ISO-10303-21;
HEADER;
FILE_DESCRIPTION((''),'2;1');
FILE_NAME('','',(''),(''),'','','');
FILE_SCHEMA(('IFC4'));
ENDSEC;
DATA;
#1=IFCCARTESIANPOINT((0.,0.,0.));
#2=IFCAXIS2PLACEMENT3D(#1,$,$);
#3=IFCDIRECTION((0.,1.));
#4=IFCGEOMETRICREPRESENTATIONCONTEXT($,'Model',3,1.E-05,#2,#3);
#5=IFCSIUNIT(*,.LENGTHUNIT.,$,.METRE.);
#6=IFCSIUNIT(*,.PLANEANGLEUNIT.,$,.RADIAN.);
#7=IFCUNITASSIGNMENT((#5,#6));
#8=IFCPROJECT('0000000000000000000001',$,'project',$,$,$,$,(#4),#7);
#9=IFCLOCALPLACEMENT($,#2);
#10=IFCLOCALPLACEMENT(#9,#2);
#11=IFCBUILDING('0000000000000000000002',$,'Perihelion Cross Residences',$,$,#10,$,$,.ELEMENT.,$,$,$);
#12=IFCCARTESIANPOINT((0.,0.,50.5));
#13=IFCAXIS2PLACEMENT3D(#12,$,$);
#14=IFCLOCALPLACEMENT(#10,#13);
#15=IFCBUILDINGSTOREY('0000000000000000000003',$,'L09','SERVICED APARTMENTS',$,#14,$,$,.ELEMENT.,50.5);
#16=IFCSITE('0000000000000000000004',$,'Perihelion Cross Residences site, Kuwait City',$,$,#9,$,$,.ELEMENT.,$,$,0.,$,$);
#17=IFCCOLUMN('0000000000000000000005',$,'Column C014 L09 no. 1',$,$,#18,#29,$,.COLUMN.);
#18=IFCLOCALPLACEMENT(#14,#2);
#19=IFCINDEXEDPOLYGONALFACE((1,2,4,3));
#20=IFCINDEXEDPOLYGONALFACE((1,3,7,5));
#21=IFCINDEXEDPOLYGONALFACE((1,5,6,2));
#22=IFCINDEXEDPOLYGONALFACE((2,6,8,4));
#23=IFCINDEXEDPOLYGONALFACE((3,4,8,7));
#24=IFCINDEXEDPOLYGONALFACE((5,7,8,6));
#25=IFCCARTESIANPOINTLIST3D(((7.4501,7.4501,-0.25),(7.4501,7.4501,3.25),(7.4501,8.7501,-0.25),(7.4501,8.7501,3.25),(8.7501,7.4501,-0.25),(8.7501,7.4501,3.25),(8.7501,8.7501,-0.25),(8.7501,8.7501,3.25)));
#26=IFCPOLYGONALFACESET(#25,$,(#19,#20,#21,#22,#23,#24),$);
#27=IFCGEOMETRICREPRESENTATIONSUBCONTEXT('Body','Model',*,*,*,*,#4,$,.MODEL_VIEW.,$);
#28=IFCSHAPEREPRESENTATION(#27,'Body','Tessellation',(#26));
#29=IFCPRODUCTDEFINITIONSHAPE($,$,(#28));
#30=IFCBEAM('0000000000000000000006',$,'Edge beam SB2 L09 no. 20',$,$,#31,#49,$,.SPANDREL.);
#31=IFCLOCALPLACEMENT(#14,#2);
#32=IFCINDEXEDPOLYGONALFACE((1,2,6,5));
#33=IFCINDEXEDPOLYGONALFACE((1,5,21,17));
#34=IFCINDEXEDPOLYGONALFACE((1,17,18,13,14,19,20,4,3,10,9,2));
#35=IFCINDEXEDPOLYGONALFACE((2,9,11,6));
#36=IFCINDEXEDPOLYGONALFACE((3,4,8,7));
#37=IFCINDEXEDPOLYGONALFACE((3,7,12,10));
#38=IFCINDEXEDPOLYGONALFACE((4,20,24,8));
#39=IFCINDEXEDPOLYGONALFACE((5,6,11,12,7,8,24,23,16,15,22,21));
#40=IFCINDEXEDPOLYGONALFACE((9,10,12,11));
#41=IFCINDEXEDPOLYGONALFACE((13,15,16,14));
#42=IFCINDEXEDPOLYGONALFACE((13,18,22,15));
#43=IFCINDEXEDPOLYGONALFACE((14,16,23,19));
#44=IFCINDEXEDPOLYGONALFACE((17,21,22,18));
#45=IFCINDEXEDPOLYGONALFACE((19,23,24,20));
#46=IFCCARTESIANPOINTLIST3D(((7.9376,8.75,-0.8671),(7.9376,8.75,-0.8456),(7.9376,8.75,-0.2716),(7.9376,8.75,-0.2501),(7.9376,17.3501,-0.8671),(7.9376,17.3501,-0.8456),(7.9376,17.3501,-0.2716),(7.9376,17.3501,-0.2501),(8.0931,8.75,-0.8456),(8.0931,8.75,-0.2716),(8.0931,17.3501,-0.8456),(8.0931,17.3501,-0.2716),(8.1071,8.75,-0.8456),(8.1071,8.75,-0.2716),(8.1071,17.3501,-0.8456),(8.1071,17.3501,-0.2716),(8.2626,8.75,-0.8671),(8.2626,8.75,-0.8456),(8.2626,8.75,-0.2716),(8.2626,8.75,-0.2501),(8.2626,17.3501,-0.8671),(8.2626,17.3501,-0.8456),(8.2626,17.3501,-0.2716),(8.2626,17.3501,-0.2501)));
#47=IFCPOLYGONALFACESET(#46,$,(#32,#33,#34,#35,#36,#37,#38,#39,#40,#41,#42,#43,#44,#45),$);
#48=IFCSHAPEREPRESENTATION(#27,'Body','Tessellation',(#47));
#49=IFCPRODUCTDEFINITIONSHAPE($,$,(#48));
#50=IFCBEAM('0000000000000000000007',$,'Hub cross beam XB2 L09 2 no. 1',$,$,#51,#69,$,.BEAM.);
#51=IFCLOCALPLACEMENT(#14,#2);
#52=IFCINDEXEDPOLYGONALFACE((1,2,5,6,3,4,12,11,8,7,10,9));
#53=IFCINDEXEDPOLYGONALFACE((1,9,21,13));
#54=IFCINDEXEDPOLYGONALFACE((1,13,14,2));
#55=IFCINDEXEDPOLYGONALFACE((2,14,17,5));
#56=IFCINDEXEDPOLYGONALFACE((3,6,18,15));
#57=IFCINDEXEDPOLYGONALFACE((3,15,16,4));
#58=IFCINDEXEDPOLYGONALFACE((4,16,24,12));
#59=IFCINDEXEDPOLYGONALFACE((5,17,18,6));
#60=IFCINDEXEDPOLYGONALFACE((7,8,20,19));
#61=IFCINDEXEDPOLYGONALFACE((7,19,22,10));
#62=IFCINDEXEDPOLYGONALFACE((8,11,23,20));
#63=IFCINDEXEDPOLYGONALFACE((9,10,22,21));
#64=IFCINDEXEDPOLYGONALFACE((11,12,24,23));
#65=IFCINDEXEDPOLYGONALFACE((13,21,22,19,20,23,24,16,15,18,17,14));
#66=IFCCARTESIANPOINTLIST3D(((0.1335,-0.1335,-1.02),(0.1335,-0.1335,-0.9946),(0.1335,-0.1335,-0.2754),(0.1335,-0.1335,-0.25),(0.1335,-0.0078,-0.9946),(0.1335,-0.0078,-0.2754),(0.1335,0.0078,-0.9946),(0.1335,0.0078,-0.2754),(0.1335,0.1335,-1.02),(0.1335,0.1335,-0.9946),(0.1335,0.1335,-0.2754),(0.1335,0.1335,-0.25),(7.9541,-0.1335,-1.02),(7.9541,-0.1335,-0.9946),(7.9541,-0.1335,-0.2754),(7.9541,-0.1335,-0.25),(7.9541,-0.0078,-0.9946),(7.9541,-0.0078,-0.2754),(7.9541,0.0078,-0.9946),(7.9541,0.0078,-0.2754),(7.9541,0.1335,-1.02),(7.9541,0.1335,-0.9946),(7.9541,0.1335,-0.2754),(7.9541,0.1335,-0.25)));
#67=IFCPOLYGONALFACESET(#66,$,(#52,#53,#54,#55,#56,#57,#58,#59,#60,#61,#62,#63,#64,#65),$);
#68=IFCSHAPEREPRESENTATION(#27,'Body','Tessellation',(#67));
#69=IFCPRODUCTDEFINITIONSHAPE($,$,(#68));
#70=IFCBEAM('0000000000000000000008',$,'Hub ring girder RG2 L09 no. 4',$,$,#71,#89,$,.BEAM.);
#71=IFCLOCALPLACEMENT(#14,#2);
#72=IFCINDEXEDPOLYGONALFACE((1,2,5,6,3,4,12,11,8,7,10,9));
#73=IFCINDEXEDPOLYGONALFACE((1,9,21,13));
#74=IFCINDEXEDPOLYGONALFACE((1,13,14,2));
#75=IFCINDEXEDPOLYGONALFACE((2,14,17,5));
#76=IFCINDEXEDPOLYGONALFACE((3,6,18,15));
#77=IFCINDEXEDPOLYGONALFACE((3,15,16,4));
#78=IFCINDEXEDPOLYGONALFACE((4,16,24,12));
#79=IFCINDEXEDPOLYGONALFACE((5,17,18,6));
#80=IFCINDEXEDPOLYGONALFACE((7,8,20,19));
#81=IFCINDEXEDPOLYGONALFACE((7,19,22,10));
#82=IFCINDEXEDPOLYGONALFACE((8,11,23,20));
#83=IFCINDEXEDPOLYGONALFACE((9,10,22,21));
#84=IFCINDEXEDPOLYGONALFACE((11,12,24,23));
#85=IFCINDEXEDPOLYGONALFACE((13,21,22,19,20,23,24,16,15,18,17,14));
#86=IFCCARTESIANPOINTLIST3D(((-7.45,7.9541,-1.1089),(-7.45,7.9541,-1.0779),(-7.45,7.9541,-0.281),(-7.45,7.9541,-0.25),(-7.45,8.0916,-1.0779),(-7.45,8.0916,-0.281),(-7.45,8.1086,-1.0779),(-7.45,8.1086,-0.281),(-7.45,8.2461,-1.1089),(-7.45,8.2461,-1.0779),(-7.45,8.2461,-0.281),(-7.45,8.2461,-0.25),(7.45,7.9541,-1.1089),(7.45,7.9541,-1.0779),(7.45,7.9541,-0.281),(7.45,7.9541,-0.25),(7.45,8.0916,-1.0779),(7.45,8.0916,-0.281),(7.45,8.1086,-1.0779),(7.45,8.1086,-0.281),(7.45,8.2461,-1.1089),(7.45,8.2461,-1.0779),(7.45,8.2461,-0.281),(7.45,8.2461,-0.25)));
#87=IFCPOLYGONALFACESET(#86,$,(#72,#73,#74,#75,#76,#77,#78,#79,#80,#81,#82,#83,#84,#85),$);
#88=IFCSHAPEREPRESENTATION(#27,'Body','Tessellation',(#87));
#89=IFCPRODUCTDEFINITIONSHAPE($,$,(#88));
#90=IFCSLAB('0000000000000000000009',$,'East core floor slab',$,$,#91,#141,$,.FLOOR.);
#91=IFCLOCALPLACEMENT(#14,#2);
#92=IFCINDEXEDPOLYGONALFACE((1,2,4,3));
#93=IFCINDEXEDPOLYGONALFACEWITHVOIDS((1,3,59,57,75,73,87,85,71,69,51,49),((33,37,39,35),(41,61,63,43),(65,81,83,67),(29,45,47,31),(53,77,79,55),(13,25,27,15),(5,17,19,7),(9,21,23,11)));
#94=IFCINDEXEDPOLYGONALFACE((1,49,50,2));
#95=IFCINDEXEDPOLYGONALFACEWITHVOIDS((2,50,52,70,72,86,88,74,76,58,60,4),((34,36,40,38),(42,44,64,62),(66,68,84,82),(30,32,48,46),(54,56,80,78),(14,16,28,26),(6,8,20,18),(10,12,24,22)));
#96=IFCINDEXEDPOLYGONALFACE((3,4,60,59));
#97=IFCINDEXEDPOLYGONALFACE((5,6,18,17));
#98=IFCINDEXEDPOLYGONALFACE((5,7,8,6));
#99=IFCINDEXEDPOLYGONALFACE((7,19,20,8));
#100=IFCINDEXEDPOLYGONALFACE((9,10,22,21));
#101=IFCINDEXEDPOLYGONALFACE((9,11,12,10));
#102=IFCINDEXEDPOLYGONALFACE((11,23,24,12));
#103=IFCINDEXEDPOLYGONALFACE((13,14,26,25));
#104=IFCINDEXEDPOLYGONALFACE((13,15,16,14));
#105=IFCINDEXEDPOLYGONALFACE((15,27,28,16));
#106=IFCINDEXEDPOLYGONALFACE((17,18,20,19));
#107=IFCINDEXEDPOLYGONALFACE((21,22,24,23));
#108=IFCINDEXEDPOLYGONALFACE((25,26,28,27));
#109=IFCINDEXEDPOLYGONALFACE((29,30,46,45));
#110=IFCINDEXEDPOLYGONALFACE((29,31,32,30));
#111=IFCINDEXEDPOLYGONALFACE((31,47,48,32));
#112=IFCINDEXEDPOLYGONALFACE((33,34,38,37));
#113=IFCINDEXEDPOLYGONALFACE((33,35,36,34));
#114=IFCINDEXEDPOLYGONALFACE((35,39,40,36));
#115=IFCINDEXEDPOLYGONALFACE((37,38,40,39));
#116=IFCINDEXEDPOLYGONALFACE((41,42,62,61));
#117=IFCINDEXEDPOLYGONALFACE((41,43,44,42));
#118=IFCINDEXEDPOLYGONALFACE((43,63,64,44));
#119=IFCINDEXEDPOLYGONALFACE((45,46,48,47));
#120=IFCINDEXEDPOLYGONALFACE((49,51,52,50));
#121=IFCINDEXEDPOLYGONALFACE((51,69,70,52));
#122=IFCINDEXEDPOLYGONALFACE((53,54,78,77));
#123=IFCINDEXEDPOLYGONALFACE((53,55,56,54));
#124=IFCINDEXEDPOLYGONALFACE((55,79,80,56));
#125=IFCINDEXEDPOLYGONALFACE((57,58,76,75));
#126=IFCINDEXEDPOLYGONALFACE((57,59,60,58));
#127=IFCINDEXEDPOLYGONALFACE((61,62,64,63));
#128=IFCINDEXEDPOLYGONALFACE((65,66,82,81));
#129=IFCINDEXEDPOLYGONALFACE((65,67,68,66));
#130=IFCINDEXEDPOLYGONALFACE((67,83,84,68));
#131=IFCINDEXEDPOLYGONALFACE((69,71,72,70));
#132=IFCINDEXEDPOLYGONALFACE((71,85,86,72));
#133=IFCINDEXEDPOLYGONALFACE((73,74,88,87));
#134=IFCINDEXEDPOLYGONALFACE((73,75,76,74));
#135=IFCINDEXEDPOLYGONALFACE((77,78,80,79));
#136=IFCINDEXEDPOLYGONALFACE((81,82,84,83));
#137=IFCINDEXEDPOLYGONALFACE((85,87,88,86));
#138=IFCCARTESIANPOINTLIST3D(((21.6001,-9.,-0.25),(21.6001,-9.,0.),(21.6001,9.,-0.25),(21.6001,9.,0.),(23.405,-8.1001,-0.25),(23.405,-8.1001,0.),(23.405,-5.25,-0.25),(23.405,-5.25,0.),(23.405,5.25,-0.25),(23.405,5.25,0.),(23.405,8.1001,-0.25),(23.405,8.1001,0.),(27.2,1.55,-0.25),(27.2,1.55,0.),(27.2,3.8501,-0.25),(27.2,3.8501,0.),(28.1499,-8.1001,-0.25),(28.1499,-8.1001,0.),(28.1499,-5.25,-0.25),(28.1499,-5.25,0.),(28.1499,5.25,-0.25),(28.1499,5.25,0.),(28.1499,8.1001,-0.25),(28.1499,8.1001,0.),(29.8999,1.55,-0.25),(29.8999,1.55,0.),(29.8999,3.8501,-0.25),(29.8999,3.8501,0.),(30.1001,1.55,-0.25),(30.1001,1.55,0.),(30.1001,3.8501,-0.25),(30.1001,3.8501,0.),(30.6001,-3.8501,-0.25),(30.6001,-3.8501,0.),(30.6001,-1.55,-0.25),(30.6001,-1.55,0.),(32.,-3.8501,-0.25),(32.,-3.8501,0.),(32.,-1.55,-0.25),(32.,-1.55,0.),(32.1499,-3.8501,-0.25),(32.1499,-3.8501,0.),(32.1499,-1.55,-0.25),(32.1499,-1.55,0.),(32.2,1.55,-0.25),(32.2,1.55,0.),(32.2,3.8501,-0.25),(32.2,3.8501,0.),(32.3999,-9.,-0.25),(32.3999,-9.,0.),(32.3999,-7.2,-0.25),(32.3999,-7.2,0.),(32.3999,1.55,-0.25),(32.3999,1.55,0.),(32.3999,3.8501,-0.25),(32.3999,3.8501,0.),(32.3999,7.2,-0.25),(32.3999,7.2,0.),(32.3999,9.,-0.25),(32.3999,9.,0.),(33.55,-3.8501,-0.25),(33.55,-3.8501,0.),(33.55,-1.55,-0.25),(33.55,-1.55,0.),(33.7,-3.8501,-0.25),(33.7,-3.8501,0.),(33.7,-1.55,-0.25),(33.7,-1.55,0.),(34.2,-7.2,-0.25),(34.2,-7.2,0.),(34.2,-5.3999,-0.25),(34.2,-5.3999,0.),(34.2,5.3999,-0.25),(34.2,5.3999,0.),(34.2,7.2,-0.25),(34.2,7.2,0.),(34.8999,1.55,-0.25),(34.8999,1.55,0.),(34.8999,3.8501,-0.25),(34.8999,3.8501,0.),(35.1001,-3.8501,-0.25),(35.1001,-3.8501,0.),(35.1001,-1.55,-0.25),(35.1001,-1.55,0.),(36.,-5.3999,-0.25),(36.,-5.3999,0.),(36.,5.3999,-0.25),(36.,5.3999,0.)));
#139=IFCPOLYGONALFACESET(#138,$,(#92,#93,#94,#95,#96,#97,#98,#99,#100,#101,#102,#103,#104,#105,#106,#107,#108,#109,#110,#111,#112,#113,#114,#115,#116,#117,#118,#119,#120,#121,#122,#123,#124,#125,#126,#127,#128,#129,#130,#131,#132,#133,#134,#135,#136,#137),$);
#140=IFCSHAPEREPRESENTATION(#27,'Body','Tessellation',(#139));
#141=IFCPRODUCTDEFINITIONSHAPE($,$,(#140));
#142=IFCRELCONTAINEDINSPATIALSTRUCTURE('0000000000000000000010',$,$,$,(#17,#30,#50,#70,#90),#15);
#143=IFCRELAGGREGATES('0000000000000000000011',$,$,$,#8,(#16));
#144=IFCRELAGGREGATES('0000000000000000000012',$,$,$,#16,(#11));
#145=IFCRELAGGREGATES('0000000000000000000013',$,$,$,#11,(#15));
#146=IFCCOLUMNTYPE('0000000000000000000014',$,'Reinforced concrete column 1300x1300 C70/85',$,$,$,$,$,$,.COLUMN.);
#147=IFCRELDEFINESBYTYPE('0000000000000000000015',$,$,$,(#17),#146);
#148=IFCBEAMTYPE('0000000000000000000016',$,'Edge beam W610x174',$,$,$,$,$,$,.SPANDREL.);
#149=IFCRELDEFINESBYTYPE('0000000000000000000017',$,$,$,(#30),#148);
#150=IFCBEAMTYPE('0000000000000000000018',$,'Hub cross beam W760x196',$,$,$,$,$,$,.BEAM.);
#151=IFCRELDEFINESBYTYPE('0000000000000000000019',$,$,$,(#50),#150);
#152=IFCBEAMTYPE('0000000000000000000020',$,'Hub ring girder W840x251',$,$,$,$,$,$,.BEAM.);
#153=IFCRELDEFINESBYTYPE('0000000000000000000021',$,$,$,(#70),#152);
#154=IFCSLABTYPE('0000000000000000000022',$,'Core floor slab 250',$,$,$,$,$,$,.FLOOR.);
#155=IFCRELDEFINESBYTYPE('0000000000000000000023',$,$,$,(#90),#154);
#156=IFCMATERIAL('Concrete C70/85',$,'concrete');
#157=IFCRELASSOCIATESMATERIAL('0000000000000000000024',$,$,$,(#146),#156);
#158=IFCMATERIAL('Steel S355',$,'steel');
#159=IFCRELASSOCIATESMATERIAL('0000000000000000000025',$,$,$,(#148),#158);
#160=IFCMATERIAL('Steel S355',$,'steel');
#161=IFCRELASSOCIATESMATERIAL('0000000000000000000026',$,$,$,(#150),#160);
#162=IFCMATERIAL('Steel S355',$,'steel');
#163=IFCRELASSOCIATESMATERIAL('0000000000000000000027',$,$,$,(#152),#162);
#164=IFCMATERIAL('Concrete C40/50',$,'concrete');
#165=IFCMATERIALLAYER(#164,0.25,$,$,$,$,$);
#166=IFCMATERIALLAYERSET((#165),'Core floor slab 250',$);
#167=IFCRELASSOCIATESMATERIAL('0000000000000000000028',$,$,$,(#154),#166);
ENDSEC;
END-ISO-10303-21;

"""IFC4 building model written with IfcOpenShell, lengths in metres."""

from ifc_helpers import new_model, si_unit, direction, frame, origin, origin_2d, place, context, subcontext, project, spatial, polyline, rectangle, i_section, outline, extrude, material, layer, layer_set, material_profile, profile_set, type_object, element, save


model = new_model("IFC4")

# Units and contexts
model_context = context("Model", 3, precision=1e-05, world=origin(), true_north=direction((0.0, 1.0)))
body_context = subcontext(model_context, "Body", "Model", "MODEL_VIEW")
ifc_project = project(units=[si_unit("LENGTHUNIT", "METRE"), si_unit("PLANEANGLEUNIT", "RADIAN")], contexts=[model_context])

# Site, building, storey
site_placement = place(None, origin())
site = spatial("IfcSite", under=ifc_project, at=site_placement, Name="Perihelion Cross Residences site, Kuwait City", CompositionType="ELEMENT", RefElevation=0.0)
building_placement = place(site_placement, origin())
building = spatial("IfcBuilding", under=site, at=building_placement, Name="Perihelion Cross Residences", CompositionType="ELEMENT")
storey_placement = place(building_placement, frame((0.0, 0.0, 50.5)))
storey = spatial("IfcBuildingStorey", under=building, at=storey_placement, Name="L09", Description="SERVICED APARTMENTS", CompositionType="ELEMENT", Elevation=50.5)

# Column
ifc_material_1 = material(Name="Concrete C70/85", Category="concrete")
ifc_material_profile_1 = material_profile(ifc_material_1, rectangle(XDim=1.3, YDim=1.3, at=origin_2d()), Name="RC 1300x1300")
ifc_profile_set_1 = profile_set([ifc_material_profile_1], Name="Concrete C70/85")
column_type = type_object("IfcColumnType", Name="Reinforced concrete column 1300x1300 C70/85", PredefinedType="COLUMN", material=ifc_profile_set_1)
column_placement = place(storey_placement, frame((8.1001, 8.1001, -0.25), z_axis=(0.0, 0.0, 1.0), x_axis=(1.0, 0.0, 0.0)))
element("IfcColumn", 1, at=column_placement, inside=storey, type_object=column_type, Name="Column C014 L09 no. 1", PredefinedType="COLUMN", context=body_context, shape_type="SweptSolid", body=[
    extrude(rectangle(XDim=1.3, YDim=1.3, at=origin_2d()), origin(), (0.0, 0.0, 1.0), 3.5),
])

# Beams
ifc_material_2 = material(Name="Steel S355", Category="steel")
ifc_material_profile_2 = material_profile(ifc_material_2, i_section(OverallWidth=0.325, OverallDepth=0.6169, WebThickness=0.0139, FlangeThickness=0.0215, at=origin_2d()), Name="W610x174")
ifc_profile_set_2 = profile_set([ifc_material_profile_2], Name="Steel S355")
beam_type_1 = type_object("IfcBeamType", Name="Edge beam W610x174", PredefinedType="SPANDREL", material=ifc_profile_set_2)
beam_1_placement = place(storey_placement, frame((8.1001, 8.75, -0.5586), z_axis=(0.0, 1.0, 0.0), x_axis=(-1.0, 0.0, 0.0)))
element("IfcBeam", 2, at=beam_1_placement, inside=storey, type_object=beam_type_1, Name="Edge beam SB2 L09 no. 20", PredefinedType="SPANDREL", context=body_context, shape_type="SweptSolid", body=[
    extrude(i_section(OverallWidth=0.325, OverallDepth=0.6169, WebThickness=0.0139, FlangeThickness=0.0215, at=origin_2d()), origin(), (0.0, 0.0, 1.0), 8.6001),
])
ifc_material_3 = material(Name="Steel S355", Category="steel")
ifc_material_profile_3 = material_profile(ifc_material_3, i_section(OverallWidth=0.2671, OverallDepth=0.77, WebThickness=0.0156, FlangeThickness=0.0254, at=origin_2d()), Name="W760x196")
ifc_profile_set_3 = profile_set([ifc_material_profile_3], Name="Steel S355")
beam_type_2 = type_object("IfcBeamType", Name="Hub cross beam W760x196", PredefinedType="BEAM", material=ifc_profile_set_3)
beam_2_placement = place(storey_placement, frame((0.1335, 0.0, -0.635), z_axis=(1.0, 0.0, 0.0), x_axis=(0.0, 1.0, 0.0)))
element("IfcBeam", 3, at=beam_2_placement, inside=storey, type_object=beam_type_2, Name="Hub cross beam XB2 L09 2 no. 1", PredefinedType="BEAM", context=body_context, shape_type="SweptSolid", body=[
    extrude(i_section(OverallWidth=0.2671, OverallDepth=0.77, WebThickness=0.0156, FlangeThickness=0.0254, at=origin_2d()), origin(), (0.0, 0.0, 1.0), 7.8206),
])
ifc_material_4 = material(Name="Steel S355", Category="steel")
ifc_material_profile_4 = material_profile(ifc_material_4, i_section(OverallWidth=0.292, OverallDepth=0.8589, WebThickness=0.0171, FlangeThickness=0.031, at=origin_2d()), Name="W840x251")
ifc_profile_set_4 = profile_set([ifc_material_profile_4], Name="Steel S355")
beam_type_3 = type_object("IfcBeamType", Name="Hub ring girder W840x251", PredefinedType="BEAM", material=ifc_profile_set_4)
beam_3_placement = place(storey_placement, frame((7.45, 8.1001, -0.6794), z_axis=(-1.0, 0.0, 0.0), x_axis=(0.0, -1.0, 0.0)))
element("IfcBeam", 4, at=beam_3_placement, inside=storey, type_object=beam_type_3, Name="Hub ring girder RG2 L09 no. 4", PredefinedType="BEAM", context=body_context, shape_type="SweptSolid", body=[
    extrude(i_section(OverallWidth=0.292, OverallDepth=0.8589, WebThickness=0.0171, FlangeThickness=0.031, at=origin_2d()), origin(), (0.0, 0.0, 1.0), 14.8999),
])

# Slab
ifc_material_5 = material(Name="Concrete C40/50", Category="concrete")
ifc_layer_1 = layer(ifc_material_5, 0.25)
ifc_layer_set_1 = layer_set([ifc_layer_1], Name="Core floor slab 250")
slab_type_1 = type_object("IfcSlabType", Name="Core floor slab 250", PredefinedType="FLOOR", material=ifc_layer_set_1)
slab_1_placement = place(storey_placement, frame((0.0, 0.0, -0.25)))
element("IfcSlab", 5, at=slab_1_placement, inside=storey, type_object=slab_type_1, Name="East core floor slab", PredefinedType="FLOOR", context=body_context, shape_type="SweptSolid", body=[
    extrude(outline(polyline([(32.3999, 7.2), (34.2, 7.2), (34.2, 5.3999), (36.0, 5.3999), (36.0, -5.3999), (34.2, -5.3999), (34.2, -7.2), (32.3999, -7.2), (32.3999, -9.0), (21.6001, -9.0), (21.6001, 9.0), (32.3999, 9.0), (32.3999, 7.2)]), holes=[polyline([(23.405, -8.1001), (28.1499, -8.1001), (28.1499, -5.25), (23.405, -5.25), (23.405, -8.1001)]), polyline([(30.6001, -1.55), (30.6001, -3.8501), (32.0, -3.8501), (32.0, -1.55), (30.6001, -1.55)]), polyline([(32.1499, -1.55), (32.1499, -3.8501), (33.55, -3.8501), (33.55, -1.55), (32.1499, -1.55)]), polyline([(33.7, -1.55), (33.7, -3.8501), (35.1001, -3.8501), (35.1001, -1.55), (33.7, -1.55)]), polyline([(27.2, 3.8501), (27.2, 1.55), (29.8999, 1.55), (29.8999, 3.8501), (27.2, 3.8501)]), polyline([(30.1001, 3.8501), (30.1001, 1.55), (32.2, 1.55), (32.2, 3.8501), (30.1001, 3.8501)]), polyline([(32.3999, 3.8501), (32.3999, 1.55), (34.8999, 1.55), (34.8999, 3.8501), (32.3999, 3.8501)]), polyline([(23.405, 5.25), (28.1499, 5.25), (28.1499, 8.1001), (23.405, 8.1001), (23.405, 5.25)])]), origin(), (0.0, 0.0, 1.0), 0.25),
])

save(model, "model.ifc")
